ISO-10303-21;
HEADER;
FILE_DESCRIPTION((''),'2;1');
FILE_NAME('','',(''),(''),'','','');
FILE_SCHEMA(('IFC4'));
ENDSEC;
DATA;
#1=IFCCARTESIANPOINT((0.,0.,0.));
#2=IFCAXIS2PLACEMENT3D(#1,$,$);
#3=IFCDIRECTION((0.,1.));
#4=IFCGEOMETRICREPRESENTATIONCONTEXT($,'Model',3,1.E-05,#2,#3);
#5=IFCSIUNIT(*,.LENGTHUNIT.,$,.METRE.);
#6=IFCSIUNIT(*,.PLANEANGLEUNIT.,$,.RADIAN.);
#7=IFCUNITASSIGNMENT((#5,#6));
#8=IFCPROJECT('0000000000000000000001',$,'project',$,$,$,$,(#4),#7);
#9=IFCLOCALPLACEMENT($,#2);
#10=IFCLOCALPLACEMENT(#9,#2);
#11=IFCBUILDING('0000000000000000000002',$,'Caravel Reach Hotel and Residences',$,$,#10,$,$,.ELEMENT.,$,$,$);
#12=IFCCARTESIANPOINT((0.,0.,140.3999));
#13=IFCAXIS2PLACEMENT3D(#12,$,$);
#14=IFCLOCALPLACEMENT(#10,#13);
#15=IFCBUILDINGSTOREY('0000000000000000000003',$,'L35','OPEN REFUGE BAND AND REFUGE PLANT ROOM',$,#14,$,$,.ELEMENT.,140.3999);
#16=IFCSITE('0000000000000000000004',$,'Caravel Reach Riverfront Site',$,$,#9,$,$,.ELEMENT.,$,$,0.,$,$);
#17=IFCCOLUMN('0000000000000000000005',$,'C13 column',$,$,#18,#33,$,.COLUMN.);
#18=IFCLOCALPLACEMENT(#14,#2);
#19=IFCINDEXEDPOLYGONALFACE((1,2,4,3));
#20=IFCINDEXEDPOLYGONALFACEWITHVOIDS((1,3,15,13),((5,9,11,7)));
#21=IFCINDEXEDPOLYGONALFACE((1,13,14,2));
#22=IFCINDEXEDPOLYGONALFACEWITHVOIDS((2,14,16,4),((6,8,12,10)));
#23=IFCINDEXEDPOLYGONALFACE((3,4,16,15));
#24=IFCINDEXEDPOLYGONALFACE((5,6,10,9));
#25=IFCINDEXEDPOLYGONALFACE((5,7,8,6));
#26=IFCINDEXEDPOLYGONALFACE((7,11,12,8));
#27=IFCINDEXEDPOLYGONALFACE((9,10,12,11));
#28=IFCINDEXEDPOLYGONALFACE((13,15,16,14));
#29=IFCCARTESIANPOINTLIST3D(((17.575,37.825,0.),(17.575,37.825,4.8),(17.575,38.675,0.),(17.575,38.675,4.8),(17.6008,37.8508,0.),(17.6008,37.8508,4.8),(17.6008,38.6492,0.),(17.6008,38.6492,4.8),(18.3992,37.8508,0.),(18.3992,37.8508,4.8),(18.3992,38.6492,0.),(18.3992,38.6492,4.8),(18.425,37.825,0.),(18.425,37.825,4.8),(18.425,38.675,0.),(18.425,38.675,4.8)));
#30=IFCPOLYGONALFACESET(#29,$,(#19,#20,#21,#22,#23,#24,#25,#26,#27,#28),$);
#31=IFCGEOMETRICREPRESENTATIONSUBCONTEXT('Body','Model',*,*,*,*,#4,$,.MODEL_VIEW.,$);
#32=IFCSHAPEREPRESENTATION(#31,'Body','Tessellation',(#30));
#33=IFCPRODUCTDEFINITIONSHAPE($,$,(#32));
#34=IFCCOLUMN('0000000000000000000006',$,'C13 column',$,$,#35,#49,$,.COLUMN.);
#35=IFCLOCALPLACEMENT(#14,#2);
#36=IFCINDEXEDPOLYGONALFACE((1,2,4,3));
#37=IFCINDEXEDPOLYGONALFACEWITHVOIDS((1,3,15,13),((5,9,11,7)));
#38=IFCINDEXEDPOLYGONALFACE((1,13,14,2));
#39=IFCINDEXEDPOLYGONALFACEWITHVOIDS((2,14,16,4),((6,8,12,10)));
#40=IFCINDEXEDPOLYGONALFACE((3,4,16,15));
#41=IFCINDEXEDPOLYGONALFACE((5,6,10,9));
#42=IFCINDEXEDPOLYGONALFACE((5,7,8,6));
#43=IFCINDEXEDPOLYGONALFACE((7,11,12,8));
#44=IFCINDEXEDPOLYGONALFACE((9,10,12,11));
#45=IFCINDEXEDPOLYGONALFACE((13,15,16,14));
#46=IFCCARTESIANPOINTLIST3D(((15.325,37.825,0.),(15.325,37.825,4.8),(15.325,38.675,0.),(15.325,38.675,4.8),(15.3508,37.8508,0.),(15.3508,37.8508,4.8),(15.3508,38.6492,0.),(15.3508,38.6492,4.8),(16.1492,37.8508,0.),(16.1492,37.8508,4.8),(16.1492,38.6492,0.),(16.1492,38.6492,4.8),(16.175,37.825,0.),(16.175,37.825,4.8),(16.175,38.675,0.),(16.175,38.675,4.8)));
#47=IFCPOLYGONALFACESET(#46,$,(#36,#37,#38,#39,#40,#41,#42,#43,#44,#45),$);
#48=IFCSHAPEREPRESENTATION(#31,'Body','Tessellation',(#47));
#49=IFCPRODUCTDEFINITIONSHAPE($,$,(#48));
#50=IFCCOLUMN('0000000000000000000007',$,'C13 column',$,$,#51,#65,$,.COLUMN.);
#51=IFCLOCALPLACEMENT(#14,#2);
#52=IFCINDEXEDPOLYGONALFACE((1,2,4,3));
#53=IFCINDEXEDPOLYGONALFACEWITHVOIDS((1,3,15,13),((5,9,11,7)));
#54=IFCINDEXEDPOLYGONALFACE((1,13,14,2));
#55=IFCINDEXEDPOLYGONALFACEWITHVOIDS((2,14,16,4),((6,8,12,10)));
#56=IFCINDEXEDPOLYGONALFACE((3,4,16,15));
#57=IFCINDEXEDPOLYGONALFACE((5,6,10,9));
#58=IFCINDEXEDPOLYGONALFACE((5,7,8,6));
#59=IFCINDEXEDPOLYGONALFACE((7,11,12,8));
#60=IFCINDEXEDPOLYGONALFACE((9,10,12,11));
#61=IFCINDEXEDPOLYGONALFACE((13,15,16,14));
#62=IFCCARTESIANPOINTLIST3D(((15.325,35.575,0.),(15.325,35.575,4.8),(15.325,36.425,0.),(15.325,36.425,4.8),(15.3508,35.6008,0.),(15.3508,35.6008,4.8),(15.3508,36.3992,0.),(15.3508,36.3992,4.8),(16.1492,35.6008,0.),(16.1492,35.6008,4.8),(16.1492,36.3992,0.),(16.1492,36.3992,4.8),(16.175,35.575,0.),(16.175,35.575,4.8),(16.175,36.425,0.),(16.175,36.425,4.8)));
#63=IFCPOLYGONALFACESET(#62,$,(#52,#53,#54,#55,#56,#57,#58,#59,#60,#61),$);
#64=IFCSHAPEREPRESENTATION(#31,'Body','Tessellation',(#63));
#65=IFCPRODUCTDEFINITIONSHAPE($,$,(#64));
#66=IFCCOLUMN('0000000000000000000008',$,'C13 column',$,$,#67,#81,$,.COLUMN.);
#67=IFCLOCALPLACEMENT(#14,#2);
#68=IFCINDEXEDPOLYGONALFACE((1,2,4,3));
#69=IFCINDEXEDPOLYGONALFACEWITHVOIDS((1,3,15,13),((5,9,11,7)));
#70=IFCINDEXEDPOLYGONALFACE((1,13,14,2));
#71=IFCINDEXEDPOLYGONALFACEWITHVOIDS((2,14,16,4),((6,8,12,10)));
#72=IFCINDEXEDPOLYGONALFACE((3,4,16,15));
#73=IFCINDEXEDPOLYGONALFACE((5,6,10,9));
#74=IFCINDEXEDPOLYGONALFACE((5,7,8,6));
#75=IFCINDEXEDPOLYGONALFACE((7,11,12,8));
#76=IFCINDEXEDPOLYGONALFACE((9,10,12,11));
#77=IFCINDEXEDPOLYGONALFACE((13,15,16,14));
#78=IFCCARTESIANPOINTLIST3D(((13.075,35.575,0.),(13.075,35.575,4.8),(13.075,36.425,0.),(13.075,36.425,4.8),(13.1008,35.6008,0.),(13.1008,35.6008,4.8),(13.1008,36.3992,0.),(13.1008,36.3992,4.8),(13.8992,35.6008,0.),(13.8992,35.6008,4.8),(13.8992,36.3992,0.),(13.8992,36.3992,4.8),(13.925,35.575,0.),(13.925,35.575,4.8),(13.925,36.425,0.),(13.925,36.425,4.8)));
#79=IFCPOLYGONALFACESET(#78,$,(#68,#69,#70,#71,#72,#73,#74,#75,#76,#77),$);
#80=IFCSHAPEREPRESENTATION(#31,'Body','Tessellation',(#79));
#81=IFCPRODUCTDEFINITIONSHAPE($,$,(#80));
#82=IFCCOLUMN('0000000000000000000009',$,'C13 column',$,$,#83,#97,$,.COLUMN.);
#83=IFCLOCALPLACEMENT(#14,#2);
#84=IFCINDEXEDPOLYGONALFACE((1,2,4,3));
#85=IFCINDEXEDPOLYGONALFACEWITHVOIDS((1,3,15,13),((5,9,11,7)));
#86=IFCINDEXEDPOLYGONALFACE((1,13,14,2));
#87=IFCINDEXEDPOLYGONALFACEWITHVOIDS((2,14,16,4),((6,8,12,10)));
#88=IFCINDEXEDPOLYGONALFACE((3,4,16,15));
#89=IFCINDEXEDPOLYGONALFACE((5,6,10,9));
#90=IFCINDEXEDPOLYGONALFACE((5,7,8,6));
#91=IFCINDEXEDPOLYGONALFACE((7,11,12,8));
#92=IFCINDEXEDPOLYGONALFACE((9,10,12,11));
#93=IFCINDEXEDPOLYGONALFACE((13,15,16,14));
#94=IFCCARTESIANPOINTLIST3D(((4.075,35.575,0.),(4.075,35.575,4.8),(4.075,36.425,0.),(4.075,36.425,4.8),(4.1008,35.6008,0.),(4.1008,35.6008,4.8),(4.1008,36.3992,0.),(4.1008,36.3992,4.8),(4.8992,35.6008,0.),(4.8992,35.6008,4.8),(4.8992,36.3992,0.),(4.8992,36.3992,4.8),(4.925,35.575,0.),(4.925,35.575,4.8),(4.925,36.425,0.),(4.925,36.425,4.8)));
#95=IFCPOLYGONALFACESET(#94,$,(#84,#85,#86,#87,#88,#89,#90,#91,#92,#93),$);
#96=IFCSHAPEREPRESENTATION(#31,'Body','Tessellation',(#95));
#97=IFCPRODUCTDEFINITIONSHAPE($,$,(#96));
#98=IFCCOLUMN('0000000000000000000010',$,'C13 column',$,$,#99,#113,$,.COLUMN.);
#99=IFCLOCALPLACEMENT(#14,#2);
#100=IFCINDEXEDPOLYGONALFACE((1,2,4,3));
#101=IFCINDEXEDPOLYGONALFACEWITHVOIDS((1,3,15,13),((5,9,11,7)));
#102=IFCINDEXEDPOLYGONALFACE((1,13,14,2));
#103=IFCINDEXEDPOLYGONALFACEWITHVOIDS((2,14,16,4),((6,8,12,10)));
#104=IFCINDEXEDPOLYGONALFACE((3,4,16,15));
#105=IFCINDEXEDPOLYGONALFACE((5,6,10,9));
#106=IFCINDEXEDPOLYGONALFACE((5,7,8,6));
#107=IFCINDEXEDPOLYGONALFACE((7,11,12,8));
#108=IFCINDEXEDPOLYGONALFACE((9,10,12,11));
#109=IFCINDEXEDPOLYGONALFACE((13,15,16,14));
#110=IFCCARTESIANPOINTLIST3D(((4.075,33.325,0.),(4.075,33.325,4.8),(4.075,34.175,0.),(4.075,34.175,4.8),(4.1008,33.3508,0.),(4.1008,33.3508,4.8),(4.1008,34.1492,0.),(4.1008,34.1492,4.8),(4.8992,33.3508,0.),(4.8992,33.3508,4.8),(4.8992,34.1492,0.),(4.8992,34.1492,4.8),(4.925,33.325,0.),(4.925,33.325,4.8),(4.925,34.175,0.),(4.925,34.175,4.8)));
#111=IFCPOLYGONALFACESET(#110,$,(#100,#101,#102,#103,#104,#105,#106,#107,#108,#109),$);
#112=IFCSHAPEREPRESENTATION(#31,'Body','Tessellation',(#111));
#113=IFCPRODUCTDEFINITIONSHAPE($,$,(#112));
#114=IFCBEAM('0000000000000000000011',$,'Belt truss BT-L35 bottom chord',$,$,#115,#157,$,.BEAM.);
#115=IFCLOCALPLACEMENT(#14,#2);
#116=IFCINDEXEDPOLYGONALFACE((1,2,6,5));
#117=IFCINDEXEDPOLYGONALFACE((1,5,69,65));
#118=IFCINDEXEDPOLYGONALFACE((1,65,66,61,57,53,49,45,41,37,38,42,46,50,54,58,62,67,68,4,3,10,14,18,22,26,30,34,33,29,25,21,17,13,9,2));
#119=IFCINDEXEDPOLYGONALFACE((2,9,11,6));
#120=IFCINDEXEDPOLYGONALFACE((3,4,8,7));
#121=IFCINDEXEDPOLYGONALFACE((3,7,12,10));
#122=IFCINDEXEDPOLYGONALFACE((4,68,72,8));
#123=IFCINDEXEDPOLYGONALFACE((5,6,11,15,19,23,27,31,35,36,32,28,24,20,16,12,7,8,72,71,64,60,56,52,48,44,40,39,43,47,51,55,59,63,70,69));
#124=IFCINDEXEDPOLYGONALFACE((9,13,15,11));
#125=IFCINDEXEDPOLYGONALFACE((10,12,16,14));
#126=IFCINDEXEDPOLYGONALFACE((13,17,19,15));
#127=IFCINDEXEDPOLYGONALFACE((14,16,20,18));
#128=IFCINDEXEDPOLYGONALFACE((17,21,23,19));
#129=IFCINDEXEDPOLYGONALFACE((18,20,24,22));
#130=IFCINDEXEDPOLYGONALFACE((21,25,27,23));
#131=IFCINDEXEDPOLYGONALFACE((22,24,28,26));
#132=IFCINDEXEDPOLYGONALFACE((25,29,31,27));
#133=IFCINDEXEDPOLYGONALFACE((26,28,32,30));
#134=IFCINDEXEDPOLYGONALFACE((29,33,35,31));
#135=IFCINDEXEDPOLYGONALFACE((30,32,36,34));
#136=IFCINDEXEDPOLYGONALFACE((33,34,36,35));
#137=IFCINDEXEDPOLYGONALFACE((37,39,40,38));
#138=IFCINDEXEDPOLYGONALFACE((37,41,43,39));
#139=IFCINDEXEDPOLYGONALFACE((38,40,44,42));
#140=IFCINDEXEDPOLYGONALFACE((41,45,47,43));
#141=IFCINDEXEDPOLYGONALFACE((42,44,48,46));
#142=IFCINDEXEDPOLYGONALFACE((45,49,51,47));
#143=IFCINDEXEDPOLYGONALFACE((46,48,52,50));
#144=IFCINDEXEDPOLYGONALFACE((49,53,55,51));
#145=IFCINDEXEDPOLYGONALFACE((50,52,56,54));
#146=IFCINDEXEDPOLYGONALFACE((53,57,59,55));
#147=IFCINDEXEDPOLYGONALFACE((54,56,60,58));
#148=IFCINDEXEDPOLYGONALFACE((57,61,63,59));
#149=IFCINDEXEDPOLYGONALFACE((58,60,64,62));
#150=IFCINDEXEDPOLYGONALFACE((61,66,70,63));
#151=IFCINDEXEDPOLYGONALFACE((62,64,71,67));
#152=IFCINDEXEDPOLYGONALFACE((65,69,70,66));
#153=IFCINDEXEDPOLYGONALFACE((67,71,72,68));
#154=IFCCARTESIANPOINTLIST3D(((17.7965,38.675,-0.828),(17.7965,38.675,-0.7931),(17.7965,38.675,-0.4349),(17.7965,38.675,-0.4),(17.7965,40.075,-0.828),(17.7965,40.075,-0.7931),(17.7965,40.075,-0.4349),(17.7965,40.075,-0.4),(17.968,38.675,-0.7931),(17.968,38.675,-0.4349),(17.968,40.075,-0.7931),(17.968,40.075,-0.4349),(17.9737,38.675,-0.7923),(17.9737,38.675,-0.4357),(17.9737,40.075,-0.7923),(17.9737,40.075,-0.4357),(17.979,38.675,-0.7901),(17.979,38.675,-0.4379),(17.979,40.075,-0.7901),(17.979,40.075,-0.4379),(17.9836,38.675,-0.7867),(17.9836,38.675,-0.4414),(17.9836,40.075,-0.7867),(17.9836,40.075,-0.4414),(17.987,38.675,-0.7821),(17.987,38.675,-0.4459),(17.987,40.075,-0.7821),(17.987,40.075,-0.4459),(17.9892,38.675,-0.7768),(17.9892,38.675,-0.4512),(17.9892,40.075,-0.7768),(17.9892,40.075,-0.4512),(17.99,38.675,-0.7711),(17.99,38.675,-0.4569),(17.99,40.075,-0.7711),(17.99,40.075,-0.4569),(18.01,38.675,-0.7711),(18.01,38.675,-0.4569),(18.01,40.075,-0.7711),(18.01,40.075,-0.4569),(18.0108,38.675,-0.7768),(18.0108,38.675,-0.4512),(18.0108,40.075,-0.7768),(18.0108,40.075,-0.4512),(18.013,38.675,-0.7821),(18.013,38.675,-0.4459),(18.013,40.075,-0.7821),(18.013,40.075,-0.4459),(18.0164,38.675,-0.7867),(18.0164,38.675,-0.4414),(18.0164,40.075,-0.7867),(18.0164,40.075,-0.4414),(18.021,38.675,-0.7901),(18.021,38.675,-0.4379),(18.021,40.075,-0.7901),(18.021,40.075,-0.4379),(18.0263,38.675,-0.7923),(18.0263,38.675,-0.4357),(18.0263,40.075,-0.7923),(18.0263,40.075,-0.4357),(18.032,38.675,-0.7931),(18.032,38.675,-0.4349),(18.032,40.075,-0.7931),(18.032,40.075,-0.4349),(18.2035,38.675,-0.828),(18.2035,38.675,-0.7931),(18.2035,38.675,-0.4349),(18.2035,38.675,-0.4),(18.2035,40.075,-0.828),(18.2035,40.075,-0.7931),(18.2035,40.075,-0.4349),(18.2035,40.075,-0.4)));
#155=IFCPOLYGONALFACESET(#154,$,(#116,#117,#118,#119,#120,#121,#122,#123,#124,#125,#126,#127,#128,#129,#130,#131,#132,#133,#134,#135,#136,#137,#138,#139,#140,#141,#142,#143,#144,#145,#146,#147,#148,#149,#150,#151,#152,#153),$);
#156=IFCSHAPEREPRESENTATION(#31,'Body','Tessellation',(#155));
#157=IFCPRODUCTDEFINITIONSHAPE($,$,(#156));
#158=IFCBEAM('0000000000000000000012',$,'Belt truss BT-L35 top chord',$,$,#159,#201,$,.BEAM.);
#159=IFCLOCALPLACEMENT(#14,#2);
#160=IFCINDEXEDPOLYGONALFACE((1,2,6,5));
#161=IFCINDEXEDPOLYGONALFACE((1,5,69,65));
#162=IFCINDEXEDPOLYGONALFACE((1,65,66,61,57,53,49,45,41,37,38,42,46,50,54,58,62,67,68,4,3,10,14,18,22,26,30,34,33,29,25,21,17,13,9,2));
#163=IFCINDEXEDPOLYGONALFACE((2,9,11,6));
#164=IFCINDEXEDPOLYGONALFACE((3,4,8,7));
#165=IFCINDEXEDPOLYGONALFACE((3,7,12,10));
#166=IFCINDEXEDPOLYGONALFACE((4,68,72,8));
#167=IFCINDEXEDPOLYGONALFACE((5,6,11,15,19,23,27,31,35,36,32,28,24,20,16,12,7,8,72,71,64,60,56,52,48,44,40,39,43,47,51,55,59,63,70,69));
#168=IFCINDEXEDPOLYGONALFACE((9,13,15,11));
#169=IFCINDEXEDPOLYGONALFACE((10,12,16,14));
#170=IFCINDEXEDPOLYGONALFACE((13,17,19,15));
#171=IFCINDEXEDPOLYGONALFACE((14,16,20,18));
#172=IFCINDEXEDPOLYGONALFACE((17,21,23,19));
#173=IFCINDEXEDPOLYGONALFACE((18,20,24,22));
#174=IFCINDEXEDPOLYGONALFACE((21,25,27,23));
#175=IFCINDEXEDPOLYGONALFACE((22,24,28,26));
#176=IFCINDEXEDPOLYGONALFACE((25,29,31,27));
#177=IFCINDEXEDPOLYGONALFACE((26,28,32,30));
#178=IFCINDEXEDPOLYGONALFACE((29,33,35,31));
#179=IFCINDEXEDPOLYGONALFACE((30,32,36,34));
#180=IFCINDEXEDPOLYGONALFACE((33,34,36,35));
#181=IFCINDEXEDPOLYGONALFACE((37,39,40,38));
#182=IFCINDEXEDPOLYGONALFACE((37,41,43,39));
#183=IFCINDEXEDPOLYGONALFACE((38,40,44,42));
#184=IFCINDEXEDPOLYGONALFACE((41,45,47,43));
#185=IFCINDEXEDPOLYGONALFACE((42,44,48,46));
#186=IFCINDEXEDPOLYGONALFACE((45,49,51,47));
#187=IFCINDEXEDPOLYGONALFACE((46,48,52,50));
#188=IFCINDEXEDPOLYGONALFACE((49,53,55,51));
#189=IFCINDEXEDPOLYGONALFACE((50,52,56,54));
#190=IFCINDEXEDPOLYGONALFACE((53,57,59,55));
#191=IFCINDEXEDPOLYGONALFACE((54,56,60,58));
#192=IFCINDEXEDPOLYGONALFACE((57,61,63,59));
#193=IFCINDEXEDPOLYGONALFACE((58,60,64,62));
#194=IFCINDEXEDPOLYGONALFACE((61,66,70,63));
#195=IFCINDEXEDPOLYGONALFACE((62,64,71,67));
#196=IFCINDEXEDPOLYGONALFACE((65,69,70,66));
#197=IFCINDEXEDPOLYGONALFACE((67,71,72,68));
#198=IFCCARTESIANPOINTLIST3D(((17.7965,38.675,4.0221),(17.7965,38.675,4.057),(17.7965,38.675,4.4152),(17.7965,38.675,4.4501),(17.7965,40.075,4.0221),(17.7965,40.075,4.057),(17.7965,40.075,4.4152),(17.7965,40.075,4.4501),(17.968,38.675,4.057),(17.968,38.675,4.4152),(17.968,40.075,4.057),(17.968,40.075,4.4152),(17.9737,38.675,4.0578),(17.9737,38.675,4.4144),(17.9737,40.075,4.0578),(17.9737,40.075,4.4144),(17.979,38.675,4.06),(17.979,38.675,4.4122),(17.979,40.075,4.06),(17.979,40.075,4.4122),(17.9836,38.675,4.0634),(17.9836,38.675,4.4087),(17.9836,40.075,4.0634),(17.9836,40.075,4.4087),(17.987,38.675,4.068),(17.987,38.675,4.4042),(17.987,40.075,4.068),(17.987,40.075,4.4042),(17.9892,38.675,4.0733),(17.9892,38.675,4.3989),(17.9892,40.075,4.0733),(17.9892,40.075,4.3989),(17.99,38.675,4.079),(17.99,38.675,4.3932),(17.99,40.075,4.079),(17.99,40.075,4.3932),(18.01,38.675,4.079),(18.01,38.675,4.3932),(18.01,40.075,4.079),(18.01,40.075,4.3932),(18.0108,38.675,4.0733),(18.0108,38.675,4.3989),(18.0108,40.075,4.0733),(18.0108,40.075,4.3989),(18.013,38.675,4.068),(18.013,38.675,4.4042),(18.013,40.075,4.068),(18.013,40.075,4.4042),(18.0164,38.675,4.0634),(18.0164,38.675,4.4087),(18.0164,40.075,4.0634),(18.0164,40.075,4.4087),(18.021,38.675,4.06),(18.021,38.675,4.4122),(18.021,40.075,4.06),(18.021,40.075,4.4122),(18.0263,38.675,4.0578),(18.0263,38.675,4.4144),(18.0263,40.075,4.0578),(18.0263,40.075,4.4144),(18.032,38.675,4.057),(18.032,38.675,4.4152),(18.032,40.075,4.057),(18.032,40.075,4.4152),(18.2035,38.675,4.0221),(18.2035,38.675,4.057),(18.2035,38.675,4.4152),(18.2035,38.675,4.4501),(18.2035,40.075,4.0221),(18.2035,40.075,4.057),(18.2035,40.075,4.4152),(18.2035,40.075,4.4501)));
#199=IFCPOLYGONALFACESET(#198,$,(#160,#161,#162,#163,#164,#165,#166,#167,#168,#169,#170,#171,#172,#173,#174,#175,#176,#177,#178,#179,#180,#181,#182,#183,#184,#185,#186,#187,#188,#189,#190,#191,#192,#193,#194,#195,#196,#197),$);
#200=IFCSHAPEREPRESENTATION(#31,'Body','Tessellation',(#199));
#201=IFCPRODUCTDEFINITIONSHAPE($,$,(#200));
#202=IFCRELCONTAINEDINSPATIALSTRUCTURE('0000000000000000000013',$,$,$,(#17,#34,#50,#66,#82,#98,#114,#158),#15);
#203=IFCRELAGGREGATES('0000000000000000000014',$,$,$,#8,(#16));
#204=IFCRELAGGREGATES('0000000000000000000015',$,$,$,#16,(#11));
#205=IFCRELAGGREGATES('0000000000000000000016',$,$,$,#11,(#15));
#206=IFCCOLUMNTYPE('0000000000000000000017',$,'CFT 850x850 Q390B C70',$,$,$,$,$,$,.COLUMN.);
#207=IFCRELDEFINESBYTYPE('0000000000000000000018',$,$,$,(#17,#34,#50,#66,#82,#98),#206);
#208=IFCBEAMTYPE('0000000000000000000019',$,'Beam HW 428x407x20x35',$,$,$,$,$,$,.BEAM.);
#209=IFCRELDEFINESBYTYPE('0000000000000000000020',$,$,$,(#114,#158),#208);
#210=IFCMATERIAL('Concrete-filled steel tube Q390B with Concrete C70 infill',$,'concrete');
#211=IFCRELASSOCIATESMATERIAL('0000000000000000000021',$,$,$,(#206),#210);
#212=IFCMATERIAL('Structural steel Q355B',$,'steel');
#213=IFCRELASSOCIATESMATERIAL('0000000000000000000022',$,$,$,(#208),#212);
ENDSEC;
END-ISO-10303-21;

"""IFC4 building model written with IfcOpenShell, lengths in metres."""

from ifc_helpers import new_model, si_unit, direction, frame, origin, origin_2d, place, context, subcontext, project, spatial, hollow_rectangle, i_section, extrude, material, material_profile, profile_set, type_object, element, save


model = new_model("IFC4")

# Units and contexts
model_context = context("Model", 3, precision=1e-05, world=origin(), true_north=direction((0.0, 1.0)))
body_context = subcontext(model_context, "Body", "Model", "MODEL_VIEW")
ifc_project = project(units=[si_unit("LENGTHUNIT", "METRE"), si_unit("PLANEANGLEUNIT", "RADIAN")], contexts=[model_context])

# Site, building, storey
site_placement = place(None, origin())
site = spatial("IfcSite", under=ifc_project, at=site_placement, Name="Caravel Reach Riverfront Site", CompositionType="ELEMENT", RefElevation=0.0)
building_placement = place(site_placement, origin())
building = spatial("IfcBuilding", under=site, at=building_placement, Name="Caravel Reach Hotel and Residences", CompositionType="ELEMENT")
storey_placement = place(building_placement, frame((0.0, 0.0, 140.3999)))
storey = spatial("IfcBuildingStorey", under=building, at=storey_placement, Name="L35", Description="OPEN REFUGE BAND AND REFUGE PLANT ROOM", CompositionType="ELEMENT", Elevation=140.3999)

# Columns
ifc_material_1 = material(Name="Concrete-filled steel tube Q390B with Concrete C70 infill", Category="concrete")
ifc_material_profile_1 = material_profile(ifc_material_1, hollow_rectangle(XDim=0.8501, YDim=0.8501, WallThickness=0.0259, at=origin_2d()), Name="RHS 850x850x26")
ifc_profile_set_1 = profile_set([ifc_material_profile_1], Name="Concrete-filled steel tube Q390B with Concrete C70 infill")
column_type = type_object("IfcColumnType", Name="CFT 850x850 Q390B C70", PredefinedType="COLUMN", material=ifc_profile_set_1)
for number, where, z_axis, x_axis, name in (
    (1, (18.0, 38.25, 0.0), (0.0, 0.0, 1.0), (1.0, 0.0, 0.0), "C13 column"),
    (2, (15.75, 38.25, 0.0), (0.0, 0.0, 1.0), (1.0, 0.0, 0.0), "C13 column"),
    (3, (15.75, 36.0, 0.0), (0.0, 0.0, 1.0), (1.0, 0.0, 0.0), "C13 column"),
    (4, (13.5, 36.0, 0.0), (0.0, 0.0, 1.0), (1.0, 0.0, 0.0), "C13 column"),
    (5, (4.5, 36.0, 0.0), (0.0, 0.0, 1.0), (1.0, 0.0, 0.0), "C13 column"),
    (6, (4.5, 33.75, 0.0), (0.0, 0.0, 1.0), (1.0, 0.0, 0.0), "C13 column"),
):
    element("IfcColumn", number, at=place(storey_placement, frame(where, z_axis=z_axis, x_axis=x_axis)), inside=storey, type_object=column_type, Name=name, PredefinedType="COLUMN", context=body_context, shape_type="SweptSolid", body=[
        extrude(hollow_rectangle(XDim=0.8501, YDim=0.8501, WallThickness=0.0259, at=origin_2d()), origin(), (0.0, 0.0, 1.0), 4.8),
    ])

# Beams
ifc_material_2 = material(Name="Structural steel Q355B", Category="steel")
ifc_material_profile_2 = material_profile(ifc_material_2, i_section(OverallWidth=0.407, OverallDepth=0.428, WebThickness=0.02, FlangeThickness=0.0349, FilletRadius=0.022, at=origin_2d()), Name="HW 428x407x20x35")
ifc_profile_set_2 = profile_set([ifc_material_profile_2], Name="Structural steel Q355B")
beam_type = type_object("IfcBeamType", Name="Beam HW 428x407x20x35", PredefinedType="BEAM", material=ifc_profile_set_2)
for number, where, z_axis, x_axis, name in (
    (7, (18.0, 40.075, -0.614), (0.0, -1.0, 0.0), (1.0, 0.0, 0.0), "Belt truss BT-L35 bottom chord"),
    (8, (18.0, 40.075, 4.2361), (0.0, -1.0, 0.0), (1.0, 0.0, 0.0), "Belt truss BT-L35 top chord"),
):
    element("IfcBeam", number, at=place(storey_placement, frame(where, z_axis=z_axis, x_axis=x_axis)), inside=storey, type_object=beam_type, Name=name, PredefinedType="BEAM", context=body_context, shape_type="SweptSolid", body=[
        extrude(i_section(OverallWidth=0.407, OverallDepth=0.428, WebThickness=0.02, FlangeThickness=0.0349, FilletRadius=0.022, at=origin_2d()), origin(), (0.0, 0.0, 1.0), 1.3999),
    ])

save(model, "model.ifc")
